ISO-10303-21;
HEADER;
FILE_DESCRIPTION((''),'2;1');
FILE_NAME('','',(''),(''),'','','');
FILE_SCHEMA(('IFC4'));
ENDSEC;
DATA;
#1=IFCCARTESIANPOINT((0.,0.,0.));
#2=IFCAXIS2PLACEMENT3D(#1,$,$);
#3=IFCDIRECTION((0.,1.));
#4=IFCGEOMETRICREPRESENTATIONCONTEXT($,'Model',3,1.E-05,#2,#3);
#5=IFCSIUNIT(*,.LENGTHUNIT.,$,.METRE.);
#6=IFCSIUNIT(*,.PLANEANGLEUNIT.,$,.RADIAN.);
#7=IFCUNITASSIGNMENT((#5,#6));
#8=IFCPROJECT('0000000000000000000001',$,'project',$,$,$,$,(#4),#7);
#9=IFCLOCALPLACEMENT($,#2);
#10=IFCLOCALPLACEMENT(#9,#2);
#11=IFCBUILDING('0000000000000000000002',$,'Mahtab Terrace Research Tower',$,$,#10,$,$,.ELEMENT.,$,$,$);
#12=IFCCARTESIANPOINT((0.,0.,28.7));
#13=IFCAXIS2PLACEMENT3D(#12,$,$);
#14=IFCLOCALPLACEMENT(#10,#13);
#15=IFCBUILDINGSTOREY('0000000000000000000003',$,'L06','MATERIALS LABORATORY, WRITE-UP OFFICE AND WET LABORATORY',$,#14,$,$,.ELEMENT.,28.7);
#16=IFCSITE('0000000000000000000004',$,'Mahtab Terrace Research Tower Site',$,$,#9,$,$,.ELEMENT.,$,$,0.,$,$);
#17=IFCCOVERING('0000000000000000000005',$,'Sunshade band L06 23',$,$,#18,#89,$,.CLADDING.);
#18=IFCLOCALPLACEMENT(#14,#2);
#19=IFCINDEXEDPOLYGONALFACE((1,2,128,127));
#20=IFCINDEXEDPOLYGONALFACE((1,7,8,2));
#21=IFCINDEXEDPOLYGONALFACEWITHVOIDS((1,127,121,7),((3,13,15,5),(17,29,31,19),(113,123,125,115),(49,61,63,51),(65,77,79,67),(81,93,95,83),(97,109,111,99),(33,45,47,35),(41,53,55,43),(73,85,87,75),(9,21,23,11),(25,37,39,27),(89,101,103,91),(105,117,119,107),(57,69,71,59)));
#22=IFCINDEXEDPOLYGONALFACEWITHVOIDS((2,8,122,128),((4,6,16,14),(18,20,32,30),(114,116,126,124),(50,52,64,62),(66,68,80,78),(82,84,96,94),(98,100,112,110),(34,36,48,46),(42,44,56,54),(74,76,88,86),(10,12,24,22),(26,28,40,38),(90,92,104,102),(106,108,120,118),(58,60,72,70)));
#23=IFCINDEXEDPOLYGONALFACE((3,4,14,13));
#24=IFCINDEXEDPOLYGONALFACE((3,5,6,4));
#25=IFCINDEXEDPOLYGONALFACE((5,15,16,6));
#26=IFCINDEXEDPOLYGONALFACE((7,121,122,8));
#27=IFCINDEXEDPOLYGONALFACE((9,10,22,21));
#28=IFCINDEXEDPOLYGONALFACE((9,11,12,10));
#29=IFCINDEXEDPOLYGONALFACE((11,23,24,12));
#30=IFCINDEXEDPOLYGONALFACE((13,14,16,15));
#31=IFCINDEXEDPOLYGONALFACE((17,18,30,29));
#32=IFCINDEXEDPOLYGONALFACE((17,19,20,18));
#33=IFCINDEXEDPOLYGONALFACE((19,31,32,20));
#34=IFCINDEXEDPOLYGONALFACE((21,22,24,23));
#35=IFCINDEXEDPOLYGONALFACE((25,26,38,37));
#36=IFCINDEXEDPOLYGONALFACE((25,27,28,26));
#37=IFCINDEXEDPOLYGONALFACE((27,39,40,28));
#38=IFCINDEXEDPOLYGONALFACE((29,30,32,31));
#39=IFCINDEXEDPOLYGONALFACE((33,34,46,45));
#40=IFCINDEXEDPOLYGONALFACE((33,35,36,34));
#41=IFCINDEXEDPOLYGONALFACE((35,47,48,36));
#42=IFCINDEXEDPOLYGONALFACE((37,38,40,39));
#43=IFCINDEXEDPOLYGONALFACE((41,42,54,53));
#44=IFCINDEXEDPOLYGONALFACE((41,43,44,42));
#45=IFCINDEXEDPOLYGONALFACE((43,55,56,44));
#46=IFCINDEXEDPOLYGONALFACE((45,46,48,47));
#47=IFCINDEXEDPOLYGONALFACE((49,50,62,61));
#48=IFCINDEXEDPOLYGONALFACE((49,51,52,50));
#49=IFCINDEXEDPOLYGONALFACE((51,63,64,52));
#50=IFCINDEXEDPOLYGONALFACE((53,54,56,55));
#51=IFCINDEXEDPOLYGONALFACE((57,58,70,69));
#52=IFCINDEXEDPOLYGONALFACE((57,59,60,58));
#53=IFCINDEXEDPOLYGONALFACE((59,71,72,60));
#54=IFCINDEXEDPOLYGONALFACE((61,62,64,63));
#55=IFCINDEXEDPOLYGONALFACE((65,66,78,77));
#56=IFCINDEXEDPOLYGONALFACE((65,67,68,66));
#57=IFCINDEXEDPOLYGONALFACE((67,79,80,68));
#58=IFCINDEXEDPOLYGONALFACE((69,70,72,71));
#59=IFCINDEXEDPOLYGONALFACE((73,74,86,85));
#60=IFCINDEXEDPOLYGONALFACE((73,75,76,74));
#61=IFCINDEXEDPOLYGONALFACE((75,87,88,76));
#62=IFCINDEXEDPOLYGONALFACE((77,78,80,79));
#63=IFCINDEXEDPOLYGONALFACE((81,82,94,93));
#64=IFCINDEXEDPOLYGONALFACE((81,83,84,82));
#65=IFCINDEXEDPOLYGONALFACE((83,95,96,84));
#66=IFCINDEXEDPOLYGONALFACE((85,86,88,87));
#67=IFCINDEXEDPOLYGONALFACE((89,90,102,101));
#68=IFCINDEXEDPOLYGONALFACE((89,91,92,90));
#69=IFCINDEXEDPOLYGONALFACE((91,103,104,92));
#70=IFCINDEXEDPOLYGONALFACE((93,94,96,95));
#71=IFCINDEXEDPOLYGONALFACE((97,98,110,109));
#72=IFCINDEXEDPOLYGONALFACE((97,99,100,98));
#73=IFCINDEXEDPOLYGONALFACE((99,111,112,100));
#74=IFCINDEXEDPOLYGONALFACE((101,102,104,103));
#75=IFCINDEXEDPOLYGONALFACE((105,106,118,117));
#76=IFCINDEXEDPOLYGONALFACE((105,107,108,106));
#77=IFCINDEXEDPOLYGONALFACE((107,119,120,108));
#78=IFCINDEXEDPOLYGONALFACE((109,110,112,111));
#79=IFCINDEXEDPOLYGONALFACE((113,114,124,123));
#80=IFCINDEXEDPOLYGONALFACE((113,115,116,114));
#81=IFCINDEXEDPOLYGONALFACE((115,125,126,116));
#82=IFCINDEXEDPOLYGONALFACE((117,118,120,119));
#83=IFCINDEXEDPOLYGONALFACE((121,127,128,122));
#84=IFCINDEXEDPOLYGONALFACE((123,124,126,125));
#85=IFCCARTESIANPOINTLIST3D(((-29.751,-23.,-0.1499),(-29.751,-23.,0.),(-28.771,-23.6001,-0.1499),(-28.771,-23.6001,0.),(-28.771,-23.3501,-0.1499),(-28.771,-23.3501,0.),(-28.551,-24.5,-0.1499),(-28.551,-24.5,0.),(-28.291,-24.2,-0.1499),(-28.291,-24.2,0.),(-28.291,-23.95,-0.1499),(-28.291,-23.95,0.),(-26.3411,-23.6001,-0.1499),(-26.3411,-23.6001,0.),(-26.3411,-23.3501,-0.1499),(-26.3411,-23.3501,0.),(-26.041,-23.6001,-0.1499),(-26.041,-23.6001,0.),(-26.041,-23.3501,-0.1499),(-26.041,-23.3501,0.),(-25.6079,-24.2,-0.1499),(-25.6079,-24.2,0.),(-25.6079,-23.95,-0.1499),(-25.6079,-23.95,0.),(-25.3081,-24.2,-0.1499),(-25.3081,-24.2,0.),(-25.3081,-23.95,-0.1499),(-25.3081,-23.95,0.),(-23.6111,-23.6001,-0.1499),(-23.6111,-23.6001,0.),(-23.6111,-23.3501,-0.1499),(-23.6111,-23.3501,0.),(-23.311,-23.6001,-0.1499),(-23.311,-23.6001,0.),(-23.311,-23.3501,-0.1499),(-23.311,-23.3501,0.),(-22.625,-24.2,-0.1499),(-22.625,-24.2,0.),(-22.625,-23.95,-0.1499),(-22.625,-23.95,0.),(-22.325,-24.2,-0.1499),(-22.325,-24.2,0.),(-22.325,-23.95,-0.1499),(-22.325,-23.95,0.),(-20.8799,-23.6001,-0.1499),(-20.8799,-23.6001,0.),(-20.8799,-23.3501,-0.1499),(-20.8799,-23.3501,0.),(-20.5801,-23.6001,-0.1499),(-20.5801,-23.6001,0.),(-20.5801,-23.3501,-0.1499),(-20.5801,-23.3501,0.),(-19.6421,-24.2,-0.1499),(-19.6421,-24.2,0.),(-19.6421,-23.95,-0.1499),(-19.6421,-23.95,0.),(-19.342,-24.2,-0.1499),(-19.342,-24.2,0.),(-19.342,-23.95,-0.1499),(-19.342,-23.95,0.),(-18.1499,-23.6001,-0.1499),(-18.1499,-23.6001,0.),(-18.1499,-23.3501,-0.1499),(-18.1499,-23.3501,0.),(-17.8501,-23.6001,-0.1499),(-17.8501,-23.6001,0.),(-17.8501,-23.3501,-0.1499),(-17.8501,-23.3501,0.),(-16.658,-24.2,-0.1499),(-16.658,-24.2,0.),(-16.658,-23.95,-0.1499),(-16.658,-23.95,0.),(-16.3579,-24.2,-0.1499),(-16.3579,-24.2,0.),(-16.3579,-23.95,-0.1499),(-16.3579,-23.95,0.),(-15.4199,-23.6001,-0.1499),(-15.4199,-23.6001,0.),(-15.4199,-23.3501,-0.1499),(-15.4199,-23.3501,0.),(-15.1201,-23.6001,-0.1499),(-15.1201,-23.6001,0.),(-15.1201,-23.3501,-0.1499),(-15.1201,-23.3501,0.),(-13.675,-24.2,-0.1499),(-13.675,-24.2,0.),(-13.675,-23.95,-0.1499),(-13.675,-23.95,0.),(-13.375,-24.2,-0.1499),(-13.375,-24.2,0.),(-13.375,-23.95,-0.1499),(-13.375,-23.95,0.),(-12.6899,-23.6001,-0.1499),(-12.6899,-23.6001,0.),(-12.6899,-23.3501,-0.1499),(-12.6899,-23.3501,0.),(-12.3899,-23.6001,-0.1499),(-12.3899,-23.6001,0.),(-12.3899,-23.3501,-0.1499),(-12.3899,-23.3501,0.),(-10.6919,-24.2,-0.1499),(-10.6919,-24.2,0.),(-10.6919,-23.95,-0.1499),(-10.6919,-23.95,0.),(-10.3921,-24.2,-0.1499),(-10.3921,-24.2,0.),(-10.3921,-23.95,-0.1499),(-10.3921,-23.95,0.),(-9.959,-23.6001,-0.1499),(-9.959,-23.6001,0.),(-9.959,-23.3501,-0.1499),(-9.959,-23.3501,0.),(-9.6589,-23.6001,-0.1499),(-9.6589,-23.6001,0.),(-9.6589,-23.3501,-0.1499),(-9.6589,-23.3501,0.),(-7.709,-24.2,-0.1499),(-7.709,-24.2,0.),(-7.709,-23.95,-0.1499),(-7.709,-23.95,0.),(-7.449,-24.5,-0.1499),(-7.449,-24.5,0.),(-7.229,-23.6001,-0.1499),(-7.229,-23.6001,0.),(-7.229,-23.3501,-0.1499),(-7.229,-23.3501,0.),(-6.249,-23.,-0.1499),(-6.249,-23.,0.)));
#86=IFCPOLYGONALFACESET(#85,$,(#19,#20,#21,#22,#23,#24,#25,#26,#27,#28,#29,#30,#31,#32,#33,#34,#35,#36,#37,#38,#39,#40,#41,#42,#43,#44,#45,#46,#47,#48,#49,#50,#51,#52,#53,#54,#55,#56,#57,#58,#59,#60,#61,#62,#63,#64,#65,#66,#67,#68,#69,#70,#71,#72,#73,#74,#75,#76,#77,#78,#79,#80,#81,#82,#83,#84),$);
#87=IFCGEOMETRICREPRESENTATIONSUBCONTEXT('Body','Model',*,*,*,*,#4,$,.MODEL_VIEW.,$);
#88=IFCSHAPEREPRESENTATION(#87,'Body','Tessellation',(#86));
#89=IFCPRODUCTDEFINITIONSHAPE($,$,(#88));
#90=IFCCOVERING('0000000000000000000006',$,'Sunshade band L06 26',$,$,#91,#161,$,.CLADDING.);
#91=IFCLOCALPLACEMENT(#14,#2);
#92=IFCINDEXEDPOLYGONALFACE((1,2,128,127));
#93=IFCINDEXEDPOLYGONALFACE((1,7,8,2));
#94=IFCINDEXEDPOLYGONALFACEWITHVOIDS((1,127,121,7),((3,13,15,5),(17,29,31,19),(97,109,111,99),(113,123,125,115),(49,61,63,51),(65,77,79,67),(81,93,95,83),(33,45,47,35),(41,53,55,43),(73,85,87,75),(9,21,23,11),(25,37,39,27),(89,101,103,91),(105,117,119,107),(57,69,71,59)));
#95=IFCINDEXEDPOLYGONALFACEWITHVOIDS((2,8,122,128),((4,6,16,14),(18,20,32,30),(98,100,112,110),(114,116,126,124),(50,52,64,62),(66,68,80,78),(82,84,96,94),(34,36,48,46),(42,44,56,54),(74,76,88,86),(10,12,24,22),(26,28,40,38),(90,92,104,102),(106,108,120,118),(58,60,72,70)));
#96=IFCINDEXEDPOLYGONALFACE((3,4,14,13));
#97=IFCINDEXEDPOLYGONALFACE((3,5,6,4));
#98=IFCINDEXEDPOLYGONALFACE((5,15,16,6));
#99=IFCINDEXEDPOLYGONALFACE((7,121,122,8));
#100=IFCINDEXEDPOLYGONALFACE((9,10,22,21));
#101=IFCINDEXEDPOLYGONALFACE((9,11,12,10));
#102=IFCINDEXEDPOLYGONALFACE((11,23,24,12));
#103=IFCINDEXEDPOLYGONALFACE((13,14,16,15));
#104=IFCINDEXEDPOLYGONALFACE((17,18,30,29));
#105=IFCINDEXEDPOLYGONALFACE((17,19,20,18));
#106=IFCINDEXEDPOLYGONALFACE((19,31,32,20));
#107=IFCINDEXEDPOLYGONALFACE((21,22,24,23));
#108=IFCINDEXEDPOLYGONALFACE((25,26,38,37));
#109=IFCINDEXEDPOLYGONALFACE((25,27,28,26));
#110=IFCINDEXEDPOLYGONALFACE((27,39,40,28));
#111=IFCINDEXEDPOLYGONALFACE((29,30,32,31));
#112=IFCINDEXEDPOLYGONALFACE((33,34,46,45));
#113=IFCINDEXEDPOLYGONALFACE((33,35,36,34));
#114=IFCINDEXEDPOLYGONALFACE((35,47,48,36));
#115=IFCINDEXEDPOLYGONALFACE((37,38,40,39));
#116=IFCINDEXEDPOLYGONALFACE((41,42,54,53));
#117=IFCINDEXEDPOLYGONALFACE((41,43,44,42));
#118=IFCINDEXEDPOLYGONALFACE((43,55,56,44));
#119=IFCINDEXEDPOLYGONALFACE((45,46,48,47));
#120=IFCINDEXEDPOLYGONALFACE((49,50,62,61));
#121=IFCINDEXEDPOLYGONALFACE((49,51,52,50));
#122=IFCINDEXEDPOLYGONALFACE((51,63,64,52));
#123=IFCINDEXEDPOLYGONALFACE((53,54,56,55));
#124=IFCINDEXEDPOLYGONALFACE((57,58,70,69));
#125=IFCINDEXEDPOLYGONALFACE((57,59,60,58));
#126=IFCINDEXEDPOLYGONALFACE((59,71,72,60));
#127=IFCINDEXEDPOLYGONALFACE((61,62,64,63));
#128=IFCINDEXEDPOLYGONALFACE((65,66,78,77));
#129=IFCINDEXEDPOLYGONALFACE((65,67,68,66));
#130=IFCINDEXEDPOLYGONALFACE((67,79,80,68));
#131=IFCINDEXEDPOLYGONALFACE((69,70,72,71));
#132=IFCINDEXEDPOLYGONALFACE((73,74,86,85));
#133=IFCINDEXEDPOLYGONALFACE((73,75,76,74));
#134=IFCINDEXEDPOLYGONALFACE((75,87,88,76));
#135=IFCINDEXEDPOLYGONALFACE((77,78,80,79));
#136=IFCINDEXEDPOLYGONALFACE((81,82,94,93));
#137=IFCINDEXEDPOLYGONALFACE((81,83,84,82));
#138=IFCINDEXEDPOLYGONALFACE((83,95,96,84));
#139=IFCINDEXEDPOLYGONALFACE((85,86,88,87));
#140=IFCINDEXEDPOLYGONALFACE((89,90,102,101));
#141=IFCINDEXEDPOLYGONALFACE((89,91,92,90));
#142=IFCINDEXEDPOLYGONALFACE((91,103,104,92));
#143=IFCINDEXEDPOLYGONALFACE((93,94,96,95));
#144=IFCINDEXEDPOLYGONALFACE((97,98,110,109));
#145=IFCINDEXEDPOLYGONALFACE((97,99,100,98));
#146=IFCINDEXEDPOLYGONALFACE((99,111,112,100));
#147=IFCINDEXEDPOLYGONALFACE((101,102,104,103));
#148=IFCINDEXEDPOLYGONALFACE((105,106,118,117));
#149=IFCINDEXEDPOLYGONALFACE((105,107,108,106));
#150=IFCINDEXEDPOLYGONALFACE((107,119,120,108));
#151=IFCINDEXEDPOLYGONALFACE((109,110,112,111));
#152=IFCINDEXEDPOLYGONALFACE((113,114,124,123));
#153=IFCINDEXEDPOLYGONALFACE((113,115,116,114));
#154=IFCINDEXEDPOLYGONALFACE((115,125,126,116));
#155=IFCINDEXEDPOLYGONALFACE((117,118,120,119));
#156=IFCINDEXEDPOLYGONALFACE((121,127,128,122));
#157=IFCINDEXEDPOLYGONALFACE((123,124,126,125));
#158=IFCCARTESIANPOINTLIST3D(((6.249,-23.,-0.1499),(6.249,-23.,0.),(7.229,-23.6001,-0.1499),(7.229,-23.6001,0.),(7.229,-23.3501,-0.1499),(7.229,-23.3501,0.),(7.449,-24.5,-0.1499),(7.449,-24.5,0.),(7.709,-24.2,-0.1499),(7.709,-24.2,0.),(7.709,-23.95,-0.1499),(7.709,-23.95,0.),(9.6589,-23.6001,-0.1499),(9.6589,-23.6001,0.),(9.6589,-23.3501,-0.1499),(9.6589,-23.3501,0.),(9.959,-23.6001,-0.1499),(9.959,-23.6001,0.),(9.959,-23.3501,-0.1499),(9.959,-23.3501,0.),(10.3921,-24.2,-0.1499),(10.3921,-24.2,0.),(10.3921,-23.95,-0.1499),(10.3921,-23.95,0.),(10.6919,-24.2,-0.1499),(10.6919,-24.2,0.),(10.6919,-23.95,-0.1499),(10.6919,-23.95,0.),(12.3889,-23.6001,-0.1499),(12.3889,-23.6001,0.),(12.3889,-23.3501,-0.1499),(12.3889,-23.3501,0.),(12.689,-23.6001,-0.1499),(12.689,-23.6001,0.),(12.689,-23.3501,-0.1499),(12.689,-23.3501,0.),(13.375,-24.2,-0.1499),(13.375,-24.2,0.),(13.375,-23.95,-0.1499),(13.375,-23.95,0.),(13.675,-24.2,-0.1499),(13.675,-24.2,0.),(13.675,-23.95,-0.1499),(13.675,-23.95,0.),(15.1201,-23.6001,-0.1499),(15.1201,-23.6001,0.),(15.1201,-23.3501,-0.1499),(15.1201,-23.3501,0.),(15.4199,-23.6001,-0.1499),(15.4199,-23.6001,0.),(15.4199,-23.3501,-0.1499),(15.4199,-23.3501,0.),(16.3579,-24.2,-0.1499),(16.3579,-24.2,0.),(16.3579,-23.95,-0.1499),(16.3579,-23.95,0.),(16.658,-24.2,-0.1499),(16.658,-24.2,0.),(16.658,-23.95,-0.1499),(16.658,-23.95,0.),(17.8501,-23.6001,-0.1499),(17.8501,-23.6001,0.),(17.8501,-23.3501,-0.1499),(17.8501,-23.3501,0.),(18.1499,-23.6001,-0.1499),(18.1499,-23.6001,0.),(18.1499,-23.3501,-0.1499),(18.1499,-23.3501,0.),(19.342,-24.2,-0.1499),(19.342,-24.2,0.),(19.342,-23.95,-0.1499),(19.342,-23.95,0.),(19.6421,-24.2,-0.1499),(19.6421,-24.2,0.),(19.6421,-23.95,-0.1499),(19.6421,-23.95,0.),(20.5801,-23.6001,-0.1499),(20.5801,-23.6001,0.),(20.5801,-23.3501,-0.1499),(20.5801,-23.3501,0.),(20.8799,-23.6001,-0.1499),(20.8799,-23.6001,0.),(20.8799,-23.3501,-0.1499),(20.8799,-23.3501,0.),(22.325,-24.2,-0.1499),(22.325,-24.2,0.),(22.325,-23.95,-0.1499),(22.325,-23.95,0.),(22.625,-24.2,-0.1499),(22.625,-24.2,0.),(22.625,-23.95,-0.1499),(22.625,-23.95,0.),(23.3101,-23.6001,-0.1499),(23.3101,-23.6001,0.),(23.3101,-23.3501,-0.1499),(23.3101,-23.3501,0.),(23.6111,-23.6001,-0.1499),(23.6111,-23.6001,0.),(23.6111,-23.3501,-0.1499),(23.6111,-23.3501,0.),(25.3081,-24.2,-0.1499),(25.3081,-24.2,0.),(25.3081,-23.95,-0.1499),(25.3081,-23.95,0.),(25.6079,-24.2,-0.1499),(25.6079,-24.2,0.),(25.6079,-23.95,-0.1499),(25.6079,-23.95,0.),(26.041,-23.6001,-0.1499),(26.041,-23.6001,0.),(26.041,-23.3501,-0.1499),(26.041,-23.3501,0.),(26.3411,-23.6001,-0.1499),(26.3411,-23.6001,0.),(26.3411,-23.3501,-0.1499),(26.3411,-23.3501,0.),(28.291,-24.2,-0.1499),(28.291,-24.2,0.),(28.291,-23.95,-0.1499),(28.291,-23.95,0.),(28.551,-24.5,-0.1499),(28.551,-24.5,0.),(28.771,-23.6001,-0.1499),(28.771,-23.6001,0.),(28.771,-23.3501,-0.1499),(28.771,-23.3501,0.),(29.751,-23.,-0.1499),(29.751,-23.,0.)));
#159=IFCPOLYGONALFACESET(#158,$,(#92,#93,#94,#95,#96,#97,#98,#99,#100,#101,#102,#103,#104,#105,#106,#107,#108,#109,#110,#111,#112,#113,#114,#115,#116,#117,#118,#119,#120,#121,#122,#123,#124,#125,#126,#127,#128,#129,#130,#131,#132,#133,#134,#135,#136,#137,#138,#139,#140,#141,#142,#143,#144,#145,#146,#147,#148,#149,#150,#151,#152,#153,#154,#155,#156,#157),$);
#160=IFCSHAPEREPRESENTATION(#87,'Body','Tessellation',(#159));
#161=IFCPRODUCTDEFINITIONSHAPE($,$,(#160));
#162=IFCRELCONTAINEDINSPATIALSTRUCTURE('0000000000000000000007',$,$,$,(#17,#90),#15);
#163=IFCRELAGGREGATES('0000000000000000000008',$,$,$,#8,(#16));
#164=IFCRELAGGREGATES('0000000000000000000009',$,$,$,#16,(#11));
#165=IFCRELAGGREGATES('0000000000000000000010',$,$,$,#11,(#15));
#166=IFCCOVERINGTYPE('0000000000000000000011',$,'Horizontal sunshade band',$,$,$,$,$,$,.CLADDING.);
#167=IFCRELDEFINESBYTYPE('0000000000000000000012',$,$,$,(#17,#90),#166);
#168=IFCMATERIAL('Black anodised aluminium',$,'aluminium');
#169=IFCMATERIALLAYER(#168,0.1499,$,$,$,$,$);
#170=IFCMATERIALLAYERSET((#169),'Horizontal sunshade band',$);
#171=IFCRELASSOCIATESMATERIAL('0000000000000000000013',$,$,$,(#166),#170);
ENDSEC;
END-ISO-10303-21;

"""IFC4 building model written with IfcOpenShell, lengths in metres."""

from ifc_helpers import new_model, si_unit, direction, frame, origin, place, context, subcontext, project, spatial, polyline, outline, extrude, material, layer, layer_set, type_object, element, save


model = new_model("IFC4")

# Units and contexts
model_context = context("Model", 3, precision=1e-05, world=origin(), true_north=direction((0.0, 1.0)))
body_context = subcontext(model_context, "Body", "Model", "MODEL_VIEW")
ifc_project = project(units=[si_unit("LENGTHUNIT", "METRE"), si_unit("PLANEANGLEUNIT", "RADIAN")], contexts=[model_context])

# Site, building, storey
site_placement = place(None, origin())
site = spatial("IfcSite", under=ifc_project, at=site_placement, Name="Mahtab Terrace Research Tower Site", CompositionType="ELEMENT", RefElevation=0.0)
building_placement = place(site_placement, origin())
building = spatial("IfcBuilding", under=site, at=building_placement, Name="Mahtab Terrace Research Tower", CompositionType="ELEMENT")
storey_placement = place(building_placement, frame((0.0, 0.0, 28.7)))
storey = spatial("IfcBuildingStorey", under=building, at=storey_placement, Name="L06", Description="MATERIALS LABORATORY, WRITE-UP OFFICE AND WET LABORATORY", CompositionType="ELEMENT", Elevation=28.7)

# Coverings
ifc_material_1 = material(Name="Black anodised aluminium", Category="aluminium")
ifc_layer_1 = layer(ifc_material_1, 0.1499)
ifc_layer_set_1 = layer_set([ifc_layer_1], Name="Horizontal sunshade band")
covering_type = type_object("IfcCoveringType", Name="Horizontal sunshade band", PredefinedType="CLADDING", material=ifc_layer_set_1)
covering_1_placement = place(storey_placement, frame((0.0, 0.0, -0.1499)))
element("IfcCovering", 1, at=covering_1_placement, inside=storey, type_object=covering_type, Name="Sunshade band L06 23", PredefinedType="CLADDING", context=body_context, shape_type="SweptSolid", body=[
    extrude(outline(polyline([(-29.751, -23.0), (-6.249, -23.0), (-7.449, -24.5), (-28.551, -24.5), (-29.751, -23.0)]), holes=[polyline([(-28.771, -23.3501), (-26.3411, -23.3501), (-26.3411, -23.6001), (-28.771, -23.6001), (-28.771, -23.3501)]), polyline([(-26.041, -23.3501), (-23.6111, -23.3501), (-23.6111, -23.6001), (-26.041, -23.6001), (-26.041, -23.3501)]), polyline([(-23.311, -23.3501), (-20.8799, -23.3501), (-20.8799, -23.6001), (-23.311, -23.6001), (-23.311, -23.3501)]), polyline([(-20.5801, -23.3501), (-18.1499, -23.3501), (-18.1499, -23.6001), (-20.5801, -23.6001), (-20.5801, -23.3501)]), polyline([(-17.8501, -23.3501), (-15.4199, -23.3501), (-15.4199, -23.6001), (-17.8501, -23.6001), (-17.8501, -23.3501)]), polyline([(-15.1201, -23.3501), (-12.6899, -23.3501), (-12.6899, -23.6001), (-15.1201, -23.6001), (-15.1201, -23.3501)]), polyline([(-12.3899, -23.3501), (-9.959, -23.3501), (-9.959, -23.6001), (-12.3899, -23.6001), (-12.3899, -23.3501)]), polyline([(-9.6589, -23.3501), (-7.229, -23.3501), (-7.229, -23.6001), (-9.6589, -23.6001), (-9.6589, -23.3501)]), polyline([(-28.291, -23.95), (-25.6079, -23.95), (-25.6079, -24.2), (-28.291, -24.2), (-28.291, -23.95)]), polyline([(-25.3081, -23.95), (-22.625, -23.95), (-22.625, -24.2), (-25.3081, -24.2), (-25.3081, -23.95)]), polyline([(-22.325, -23.95), (-19.6421, -23.95), (-19.6421, -24.2), (-22.325, -24.2), (-22.325, -23.95)]), polyline([(-19.342, -23.95), (-16.658, -23.95), (-16.658, -24.2), (-19.342, -24.2), (-19.342, -23.95)]), polyline([(-16.3579, -23.95), (-13.675, -23.95), (-13.675, -24.2), (-16.3579, -24.2), (-16.3579, -23.95)]), polyline([(-13.375, -23.95), (-10.6919, -23.95), (-10.6919, -24.2), (-13.375, -24.2), (-13.375, -23.95)]), polyline([(-10.3921, -23.95), (-7.709, -23.95), (-7.709, -24.2), (-10.3921, -24.2), (-10.3921, -23.95)])]), origin(), (0.0, 0.0, 1.0), 0.1499),
])
covering_2_placement = place(storey_placement, frame((0.0, 0.0, -0.1499)))
element("IfcCovering", 2, at=covering_2_placement, inside=storey, type_object=covering_type, Name="Sunshade band L06 26", PredefinedType="CLADDING", context=body_context, shape_type="SweptSolid", body=[
    extrude(outline(polyline([(6.249, -23.0), (29.751, -23.0), (28.551, -24.5), (7.449, -24.5), (6.249, -23.0)]), holes=[polyline([(7.229, -23.3501), (9.6589, -23.3501), (9.6589, -23.6001), (7.229, -23.6001), (7.229, -23.3501)]), polyline([(9.959, -23.3501), (12.3889, -23.3501), (12.3889, -23.6001), (9.959, -23.6001), (9.959, -23.3501)]), polyline([(12.689, -23.3501), (15.1201, -23.3501), (15.1201, -23.6001), (12.689, -23.6001), (12.689, -23.3501)]), polyline([(15.4199, -23.3501), (17.8501, -23.3501), (17.8501, -23.6001), (15.4199, -23.6001), (15.4199, -23.3501)]), polyline([(18.1499, -23.3501), (20.5801, -23.3501), (20.5801, -23.6001), (18.1499, -23.6001), (18.1499, -23.3501)]), polyline([(20.8799, -23.3501), (23.3101, -23.3501), (23.3101, -23.6001), (20.8799, -23.6001), (20.8799, -23.3501)]), polyline([(23.6111, -23.3501), (26.041, -23.3501), (26.041, -23.6001), (23.6111, -23.6001), (23.6111, -23.3501)]), polyline([(26.3411, -23.3501), (28.771, -23.3501), (28.771, -23.6001), (26.3411, -23.6001), (26.3411, -23.3501)]), polyline([(7.709, -23.95), (10.3921, -23.95), (10.3921, -24.2), (7.709, -24.2), (7.709, -23.95)]), polyline([(10.6919, -23.95), (13.375, -23.95), (13.375, -24.2), (10.6919, -24.2), (10.6919, -23.95)]), polyline([(13.675, -23.95), (16.3579, -23.95), (16.3579, -24.2), (13.675, -24.2), (13.675, -23.95)]), polyline([(16.658, -23.95), (19.342, -23.95), (19.342, -24.2), (16.658, -24.2), (16.658, -23.95)]), polyline([(19.6421, -23.95), (22.325, -23.95), (22.325, -24.2), (19.6421, -24.2), (19.6421, -23.95)]), polyline([(22.625, -23.95), (25.3081, -23.95), (25.3081, -24.2), (22.625, -24.2), (22.625, -23.95)]), polyline([(25.6079, -23.95), (28.291, -23.95), (28.291, -24.2), (25.6079, -24.2), (25.6079, -23.95)])]), origin(), (0.0, 0.0, 1.0), 0.1499),
])

save(model, "model.ifc")
